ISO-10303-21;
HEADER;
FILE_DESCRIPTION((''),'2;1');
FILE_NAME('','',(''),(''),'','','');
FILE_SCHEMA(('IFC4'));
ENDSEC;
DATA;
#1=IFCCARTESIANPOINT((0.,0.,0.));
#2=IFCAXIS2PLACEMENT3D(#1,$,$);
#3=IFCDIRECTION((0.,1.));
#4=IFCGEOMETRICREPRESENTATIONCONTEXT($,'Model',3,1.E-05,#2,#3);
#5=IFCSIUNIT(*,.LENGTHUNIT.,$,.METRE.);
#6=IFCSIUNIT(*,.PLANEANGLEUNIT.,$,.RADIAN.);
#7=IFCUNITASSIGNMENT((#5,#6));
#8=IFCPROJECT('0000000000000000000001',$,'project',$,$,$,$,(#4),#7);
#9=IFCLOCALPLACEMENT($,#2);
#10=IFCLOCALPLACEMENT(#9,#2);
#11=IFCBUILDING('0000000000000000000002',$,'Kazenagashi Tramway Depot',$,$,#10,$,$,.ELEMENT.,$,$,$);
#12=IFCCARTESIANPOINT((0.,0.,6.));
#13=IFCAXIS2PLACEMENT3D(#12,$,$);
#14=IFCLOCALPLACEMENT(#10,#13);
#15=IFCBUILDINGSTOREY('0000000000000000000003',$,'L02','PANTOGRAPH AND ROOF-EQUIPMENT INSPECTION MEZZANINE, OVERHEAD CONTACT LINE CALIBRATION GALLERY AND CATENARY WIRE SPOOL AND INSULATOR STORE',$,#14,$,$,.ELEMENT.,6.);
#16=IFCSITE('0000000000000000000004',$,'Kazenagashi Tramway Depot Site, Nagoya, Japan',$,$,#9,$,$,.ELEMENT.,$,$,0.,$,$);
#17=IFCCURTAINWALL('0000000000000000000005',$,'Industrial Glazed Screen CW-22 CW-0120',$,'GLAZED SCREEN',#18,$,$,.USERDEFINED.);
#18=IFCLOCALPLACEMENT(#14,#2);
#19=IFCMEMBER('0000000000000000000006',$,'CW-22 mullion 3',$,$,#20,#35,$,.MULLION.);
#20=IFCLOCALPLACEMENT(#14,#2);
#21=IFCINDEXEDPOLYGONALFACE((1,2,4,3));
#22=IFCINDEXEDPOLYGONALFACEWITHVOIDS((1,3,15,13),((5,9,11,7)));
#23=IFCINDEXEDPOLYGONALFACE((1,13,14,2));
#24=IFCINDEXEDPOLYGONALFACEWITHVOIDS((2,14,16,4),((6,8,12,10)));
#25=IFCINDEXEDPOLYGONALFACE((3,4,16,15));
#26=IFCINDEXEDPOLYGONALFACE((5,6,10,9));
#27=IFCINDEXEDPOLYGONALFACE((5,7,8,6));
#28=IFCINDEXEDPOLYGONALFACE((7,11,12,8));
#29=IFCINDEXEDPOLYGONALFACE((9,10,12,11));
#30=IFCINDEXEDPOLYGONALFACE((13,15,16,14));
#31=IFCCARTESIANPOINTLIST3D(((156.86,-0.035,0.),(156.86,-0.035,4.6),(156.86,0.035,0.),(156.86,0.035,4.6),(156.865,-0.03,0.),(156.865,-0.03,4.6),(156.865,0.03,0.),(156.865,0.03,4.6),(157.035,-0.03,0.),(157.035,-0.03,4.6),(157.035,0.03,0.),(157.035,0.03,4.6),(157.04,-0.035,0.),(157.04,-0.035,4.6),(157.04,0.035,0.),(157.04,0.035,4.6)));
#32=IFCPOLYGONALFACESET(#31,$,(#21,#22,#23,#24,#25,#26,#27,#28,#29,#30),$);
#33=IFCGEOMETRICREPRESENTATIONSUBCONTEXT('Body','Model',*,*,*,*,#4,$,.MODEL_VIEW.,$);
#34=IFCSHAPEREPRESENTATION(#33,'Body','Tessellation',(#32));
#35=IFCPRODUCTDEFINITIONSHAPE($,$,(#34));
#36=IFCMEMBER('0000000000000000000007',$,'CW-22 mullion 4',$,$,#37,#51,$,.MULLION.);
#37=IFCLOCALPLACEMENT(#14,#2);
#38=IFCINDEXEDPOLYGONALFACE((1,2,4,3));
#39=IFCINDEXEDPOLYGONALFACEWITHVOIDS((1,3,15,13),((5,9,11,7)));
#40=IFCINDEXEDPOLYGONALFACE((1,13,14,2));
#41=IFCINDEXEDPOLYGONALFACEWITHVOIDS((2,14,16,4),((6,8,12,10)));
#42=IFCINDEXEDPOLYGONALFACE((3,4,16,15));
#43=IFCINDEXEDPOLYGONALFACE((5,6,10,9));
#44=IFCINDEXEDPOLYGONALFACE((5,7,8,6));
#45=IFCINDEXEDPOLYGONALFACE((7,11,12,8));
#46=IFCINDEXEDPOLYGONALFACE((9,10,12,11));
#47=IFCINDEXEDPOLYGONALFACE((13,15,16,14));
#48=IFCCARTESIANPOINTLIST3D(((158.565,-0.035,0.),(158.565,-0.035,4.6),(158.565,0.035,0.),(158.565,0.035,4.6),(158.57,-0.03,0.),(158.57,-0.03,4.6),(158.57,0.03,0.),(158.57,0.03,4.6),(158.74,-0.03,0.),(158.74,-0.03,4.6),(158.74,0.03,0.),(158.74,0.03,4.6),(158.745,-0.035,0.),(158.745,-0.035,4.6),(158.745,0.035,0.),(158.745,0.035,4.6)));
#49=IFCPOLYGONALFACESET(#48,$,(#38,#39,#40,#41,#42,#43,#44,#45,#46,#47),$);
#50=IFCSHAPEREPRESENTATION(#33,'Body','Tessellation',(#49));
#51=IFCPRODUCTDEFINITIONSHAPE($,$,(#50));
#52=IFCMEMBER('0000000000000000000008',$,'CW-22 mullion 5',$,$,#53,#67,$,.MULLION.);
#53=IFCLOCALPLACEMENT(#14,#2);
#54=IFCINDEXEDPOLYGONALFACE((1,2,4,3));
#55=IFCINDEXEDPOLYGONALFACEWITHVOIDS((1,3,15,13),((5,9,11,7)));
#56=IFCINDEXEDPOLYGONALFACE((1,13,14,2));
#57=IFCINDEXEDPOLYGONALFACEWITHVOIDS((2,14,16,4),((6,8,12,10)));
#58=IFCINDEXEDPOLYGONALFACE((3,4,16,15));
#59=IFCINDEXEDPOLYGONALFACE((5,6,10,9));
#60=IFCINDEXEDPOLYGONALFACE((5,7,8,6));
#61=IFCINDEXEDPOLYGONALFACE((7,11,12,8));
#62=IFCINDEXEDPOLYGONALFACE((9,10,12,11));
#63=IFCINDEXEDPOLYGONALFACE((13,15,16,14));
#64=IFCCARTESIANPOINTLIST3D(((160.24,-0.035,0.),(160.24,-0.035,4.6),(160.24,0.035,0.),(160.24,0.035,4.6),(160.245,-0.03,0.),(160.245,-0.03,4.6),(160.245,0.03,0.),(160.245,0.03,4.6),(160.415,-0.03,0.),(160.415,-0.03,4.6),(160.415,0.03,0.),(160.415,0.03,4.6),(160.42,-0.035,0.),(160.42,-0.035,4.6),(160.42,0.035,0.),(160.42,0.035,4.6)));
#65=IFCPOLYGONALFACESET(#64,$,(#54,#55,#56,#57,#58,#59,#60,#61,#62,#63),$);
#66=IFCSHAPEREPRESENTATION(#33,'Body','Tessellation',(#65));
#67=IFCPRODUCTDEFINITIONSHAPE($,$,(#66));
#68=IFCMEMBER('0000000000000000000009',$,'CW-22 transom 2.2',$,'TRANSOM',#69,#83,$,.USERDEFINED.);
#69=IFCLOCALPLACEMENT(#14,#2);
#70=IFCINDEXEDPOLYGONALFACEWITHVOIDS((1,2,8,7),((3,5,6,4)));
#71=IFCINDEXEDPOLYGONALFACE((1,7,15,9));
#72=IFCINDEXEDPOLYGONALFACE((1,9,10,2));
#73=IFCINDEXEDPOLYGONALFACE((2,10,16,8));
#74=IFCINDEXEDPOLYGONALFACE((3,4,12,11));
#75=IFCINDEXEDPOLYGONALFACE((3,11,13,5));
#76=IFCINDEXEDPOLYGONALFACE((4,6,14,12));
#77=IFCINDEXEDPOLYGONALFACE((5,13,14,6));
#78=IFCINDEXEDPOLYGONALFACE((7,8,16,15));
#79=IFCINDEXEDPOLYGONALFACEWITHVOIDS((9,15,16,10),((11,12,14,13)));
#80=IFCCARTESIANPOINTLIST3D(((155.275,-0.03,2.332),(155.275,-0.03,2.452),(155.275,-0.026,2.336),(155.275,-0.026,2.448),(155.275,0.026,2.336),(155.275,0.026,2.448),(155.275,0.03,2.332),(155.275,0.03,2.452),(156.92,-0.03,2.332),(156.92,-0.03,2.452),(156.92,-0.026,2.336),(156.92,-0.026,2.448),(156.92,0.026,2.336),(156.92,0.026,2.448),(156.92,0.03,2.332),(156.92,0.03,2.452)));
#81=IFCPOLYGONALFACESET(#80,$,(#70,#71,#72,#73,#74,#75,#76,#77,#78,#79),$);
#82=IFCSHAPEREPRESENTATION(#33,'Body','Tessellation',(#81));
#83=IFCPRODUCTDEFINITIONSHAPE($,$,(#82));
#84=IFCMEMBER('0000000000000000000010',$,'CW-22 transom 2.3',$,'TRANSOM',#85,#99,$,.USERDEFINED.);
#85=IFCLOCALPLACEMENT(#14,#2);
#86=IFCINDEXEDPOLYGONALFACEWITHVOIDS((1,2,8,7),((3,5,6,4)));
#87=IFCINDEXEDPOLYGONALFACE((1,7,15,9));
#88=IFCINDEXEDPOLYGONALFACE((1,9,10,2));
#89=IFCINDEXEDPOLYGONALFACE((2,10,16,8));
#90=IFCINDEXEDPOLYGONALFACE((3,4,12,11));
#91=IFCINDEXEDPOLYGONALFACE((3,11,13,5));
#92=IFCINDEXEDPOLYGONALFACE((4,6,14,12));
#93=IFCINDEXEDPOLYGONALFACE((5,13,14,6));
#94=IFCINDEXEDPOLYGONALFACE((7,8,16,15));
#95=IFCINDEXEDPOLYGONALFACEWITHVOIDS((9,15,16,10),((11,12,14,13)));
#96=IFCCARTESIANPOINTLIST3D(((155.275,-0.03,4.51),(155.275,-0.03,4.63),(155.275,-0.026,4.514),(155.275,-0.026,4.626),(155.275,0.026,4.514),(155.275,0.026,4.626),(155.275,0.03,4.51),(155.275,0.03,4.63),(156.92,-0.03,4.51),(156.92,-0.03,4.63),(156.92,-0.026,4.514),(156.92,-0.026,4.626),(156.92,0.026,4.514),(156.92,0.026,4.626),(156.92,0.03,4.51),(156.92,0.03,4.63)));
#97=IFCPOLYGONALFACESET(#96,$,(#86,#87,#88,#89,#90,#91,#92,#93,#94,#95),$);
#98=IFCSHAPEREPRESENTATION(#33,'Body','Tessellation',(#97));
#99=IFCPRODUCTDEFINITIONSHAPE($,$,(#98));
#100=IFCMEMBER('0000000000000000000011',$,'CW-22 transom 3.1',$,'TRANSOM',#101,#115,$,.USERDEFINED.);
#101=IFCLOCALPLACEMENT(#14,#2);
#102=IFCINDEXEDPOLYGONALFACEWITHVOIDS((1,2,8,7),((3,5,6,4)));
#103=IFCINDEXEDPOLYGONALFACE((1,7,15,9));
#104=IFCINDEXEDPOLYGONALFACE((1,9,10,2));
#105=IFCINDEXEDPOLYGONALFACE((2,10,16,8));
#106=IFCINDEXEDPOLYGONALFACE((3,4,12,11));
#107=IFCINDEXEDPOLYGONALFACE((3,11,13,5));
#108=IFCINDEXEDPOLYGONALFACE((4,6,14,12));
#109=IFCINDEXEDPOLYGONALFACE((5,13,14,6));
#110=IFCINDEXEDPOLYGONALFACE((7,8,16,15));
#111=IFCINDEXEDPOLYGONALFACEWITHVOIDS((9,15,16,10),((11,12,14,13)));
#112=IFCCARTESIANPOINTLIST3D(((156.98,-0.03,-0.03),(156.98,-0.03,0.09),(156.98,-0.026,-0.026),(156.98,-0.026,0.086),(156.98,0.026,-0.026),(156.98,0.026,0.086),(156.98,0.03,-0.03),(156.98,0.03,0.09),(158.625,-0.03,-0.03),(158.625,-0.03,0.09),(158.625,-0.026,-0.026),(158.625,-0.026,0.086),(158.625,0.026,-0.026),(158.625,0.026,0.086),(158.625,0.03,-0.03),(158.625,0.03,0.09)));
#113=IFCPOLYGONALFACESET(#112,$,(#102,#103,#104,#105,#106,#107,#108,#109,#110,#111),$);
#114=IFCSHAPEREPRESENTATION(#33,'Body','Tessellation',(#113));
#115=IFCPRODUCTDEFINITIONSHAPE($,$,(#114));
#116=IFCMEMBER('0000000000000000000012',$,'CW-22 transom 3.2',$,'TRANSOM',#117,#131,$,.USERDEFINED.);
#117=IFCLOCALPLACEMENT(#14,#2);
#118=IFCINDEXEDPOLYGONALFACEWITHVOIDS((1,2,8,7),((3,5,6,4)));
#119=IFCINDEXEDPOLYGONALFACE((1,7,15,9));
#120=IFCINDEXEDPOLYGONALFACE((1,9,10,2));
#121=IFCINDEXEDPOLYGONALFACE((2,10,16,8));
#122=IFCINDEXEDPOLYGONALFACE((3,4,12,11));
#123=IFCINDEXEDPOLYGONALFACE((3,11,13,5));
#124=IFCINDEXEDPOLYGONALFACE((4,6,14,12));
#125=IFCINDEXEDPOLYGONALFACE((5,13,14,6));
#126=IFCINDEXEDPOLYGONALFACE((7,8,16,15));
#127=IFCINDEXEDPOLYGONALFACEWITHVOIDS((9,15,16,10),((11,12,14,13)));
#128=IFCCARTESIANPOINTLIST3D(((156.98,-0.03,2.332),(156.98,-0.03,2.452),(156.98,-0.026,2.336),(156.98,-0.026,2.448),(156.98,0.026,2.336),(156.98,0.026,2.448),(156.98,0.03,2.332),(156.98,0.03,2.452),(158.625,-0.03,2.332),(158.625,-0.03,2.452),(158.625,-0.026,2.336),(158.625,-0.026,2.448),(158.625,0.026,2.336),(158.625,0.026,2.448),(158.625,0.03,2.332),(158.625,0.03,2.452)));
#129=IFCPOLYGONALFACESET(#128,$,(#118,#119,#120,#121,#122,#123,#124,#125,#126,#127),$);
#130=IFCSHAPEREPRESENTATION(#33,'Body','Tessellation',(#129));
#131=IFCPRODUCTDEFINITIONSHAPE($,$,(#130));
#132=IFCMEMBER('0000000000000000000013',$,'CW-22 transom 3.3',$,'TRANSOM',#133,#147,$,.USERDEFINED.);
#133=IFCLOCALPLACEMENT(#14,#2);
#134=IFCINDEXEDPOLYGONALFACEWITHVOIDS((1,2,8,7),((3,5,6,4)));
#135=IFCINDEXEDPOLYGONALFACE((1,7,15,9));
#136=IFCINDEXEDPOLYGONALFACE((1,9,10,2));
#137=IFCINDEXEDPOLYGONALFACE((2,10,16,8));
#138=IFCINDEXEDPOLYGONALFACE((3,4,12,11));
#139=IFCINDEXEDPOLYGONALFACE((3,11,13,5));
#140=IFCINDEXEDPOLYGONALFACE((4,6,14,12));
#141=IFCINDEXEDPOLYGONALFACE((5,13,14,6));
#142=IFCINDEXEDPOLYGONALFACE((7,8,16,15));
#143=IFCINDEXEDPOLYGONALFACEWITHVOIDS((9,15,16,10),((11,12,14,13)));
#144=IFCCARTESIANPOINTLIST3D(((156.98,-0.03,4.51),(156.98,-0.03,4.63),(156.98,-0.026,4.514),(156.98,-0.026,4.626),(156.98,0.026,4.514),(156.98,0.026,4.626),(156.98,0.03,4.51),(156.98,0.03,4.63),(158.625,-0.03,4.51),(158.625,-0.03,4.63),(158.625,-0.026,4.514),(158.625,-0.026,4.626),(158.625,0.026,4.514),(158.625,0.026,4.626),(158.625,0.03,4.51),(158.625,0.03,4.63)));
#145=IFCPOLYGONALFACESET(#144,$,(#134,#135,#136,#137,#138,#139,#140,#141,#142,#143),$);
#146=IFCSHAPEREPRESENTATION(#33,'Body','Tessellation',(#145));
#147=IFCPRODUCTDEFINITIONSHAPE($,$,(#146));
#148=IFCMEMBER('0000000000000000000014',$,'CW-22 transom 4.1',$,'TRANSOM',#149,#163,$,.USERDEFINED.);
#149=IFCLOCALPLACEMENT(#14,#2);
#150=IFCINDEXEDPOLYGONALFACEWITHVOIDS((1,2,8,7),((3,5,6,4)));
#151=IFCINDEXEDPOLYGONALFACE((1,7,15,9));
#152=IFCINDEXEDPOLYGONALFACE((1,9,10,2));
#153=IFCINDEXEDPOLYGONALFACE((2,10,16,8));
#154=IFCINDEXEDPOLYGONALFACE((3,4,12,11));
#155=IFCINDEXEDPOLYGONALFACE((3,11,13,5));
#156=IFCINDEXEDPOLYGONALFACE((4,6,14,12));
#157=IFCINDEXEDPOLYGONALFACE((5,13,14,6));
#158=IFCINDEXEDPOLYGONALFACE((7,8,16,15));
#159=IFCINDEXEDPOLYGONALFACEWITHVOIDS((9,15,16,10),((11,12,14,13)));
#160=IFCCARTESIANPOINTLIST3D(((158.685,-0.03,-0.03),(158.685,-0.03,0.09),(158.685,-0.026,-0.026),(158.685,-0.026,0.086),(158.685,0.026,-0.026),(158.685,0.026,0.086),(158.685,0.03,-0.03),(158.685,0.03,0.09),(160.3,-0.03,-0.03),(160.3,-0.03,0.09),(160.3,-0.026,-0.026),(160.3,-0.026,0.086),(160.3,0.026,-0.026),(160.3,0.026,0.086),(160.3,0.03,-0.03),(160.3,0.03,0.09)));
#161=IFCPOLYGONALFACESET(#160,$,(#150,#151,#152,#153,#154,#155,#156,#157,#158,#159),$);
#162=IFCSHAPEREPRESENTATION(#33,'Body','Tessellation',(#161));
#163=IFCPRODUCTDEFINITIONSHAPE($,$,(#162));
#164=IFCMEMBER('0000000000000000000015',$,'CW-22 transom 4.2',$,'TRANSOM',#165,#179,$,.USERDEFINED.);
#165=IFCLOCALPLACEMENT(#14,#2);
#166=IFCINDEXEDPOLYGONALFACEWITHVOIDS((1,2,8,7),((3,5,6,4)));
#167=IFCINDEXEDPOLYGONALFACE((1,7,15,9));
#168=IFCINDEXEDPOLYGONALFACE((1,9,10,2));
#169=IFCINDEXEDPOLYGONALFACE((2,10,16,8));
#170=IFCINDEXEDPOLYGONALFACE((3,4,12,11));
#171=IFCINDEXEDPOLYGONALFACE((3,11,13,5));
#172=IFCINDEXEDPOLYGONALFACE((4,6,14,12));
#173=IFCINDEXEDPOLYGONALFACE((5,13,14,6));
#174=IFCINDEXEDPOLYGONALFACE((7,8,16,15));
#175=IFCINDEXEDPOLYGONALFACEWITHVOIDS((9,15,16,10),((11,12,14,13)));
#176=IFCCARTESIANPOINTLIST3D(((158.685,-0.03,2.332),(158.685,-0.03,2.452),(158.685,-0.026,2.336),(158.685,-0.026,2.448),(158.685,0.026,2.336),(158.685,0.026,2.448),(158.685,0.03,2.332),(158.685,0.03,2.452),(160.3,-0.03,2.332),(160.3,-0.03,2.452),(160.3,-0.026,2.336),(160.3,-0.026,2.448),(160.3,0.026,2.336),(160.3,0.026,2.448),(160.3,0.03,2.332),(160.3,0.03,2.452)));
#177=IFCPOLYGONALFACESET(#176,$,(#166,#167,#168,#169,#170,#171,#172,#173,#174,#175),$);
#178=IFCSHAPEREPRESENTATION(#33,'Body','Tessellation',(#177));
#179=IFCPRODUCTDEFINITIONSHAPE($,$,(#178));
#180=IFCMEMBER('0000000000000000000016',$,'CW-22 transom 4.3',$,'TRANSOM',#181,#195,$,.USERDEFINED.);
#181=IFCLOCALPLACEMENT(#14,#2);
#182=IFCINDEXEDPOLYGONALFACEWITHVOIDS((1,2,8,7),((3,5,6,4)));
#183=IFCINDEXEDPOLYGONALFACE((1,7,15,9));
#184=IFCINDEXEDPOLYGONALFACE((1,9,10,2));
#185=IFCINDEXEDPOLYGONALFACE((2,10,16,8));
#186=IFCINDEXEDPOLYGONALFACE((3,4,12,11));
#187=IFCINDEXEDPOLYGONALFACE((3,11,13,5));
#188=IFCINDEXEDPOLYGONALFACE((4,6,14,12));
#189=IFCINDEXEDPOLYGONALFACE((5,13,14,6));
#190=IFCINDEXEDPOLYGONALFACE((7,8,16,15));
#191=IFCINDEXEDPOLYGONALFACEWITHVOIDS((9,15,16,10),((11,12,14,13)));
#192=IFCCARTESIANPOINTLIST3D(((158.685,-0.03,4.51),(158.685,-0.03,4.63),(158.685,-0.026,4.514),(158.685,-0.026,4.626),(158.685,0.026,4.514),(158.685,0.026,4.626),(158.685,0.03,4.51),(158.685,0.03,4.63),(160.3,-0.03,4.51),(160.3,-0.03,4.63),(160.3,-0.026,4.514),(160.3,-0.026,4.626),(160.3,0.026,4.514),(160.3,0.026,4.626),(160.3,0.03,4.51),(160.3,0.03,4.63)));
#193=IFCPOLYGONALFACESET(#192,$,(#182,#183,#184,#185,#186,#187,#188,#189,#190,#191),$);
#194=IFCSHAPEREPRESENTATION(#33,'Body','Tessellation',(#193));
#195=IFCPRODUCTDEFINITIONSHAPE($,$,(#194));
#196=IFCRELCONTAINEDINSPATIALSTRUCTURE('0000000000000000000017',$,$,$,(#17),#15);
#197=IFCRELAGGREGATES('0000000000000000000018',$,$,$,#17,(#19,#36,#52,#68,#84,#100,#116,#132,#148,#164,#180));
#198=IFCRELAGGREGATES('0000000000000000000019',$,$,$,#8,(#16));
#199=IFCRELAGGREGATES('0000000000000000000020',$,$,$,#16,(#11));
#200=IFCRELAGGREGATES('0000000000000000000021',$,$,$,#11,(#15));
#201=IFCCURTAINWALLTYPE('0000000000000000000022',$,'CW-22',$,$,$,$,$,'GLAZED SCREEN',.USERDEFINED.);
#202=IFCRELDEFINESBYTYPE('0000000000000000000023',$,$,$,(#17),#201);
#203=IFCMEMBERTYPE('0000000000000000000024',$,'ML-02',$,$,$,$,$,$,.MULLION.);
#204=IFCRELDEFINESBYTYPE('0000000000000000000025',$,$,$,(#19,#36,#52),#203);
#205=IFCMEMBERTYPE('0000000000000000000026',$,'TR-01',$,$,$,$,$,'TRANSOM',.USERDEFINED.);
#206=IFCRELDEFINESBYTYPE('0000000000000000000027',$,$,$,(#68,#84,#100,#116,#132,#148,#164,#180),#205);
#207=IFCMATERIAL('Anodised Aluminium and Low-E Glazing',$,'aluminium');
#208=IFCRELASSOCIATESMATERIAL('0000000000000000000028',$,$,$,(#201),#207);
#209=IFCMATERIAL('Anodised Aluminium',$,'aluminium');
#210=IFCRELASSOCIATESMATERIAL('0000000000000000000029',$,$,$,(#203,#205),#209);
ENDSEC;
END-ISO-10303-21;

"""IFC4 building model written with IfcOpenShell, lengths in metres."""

from ifc_helpers import new_model, si_unit, direction, frame, origin, origin_2d, place, context, subcontext, project, spatial, hollow_rectangle, extrude, material, material_profile, profile_set, type_object, element, aggregate, save


model = new_model("IFC4")

# Units and contexts
model_context = context("Model", 3, precision=1e-05, world=origin(), true_north=direction((0.0, 1.0)))
body_context = subcontext(model_context, "Body", "Model", "MODEL_VIEW")
ifc_project = project(units=[si_unit("LENGTHUNIT", "METRE"), si_unit("PLANEANGLEUNIT", "RADIAN")], contexts=[model_context])

# Site, building, storey
site_placement = place(None, origin())
site = spatial("IfcSite", under=ifc_project, at=site_placement, Name="Kazenagashi Tramway Depot Site, Nagoya, Japan", CompositionType="ELEMENT", RefElevation=0.0)
building_placement = place(site_placement, origin())
building = spatial("IfcBuilding", under=site, at=building_placement, Name="Kazenagashi Tramway Depot", CompositionType="ELEMENT")
storey_placement = place(building_placement, frame((0.0, 0.0, 6.0)))
storey = spatial("IfcBuildingStorey", under=building, at=storey_placement, Name="L02", Description="PANTOGRAPH AND ROOF-EQUIPMENT INSPECTION MEZZANINE, OVERHEAD CONTACT LINE CALIBRATION GALLERY AND CATENARY WIRE SPOOL AND INSULATOR STORE", CompositionType="ELEMENT", Elevation=6.0)

# Curtain wall, members
ifc_material_1 = material(Name="Anodised Aluminium and Low-E Glazing", Category="aluminium")
curtain_wall_type = type_object("IfcCurtainWallType", Name="CW-22", ElementType="GLAZED SCREEN", PredefinedType="USERDEFINED", material=ifc_material_1)
curtain_wall_placement = place(storey_placement, origin())
curtain_wall = element("IfcCurtainWall", 1, at=curtain_wall_placement, inside=storey, type_object=curtain_wall_type, Name="Industrial Glazed Screen CW-22 CW-0120", ObjectType="GLAZED SCREEN", PredefinedType="USERDEFINED")
ifc_material_2 = material(Name="Anodised Aluminium", Category="aluminium")
ifc_material_profile_1 = material_profile(ifc_material_2, hollow_rectangle(XDim=0.07, YDim=0.18, WallThickness=0.005, at=origin_2d()), Name="RHS-180x70x5")
ifc_profile_set_1 = profile_set([ifc_material_profile_1], Name="Anodised Aluminium")
member_type_1 = type_object("IfcMemberType", Name="ML-02", PredefinedType="MULLION", material=ifc_profile_set_1)
member_1_placement = place(storey_placement, frame((156.95, 0.0, 0.0), z_axis=(0.0, 0.0, 1.0), x_axis=(0.0, 1.0, 0.0)))
member_1 = element("IfcMember", 2, at=member_1_placement, type_object=member_type_1, Name="CW-22 mullion 3", PredefinedType="MULLION", context=body_context, shape_type="SweptSolid", body=[
    extrude(hollow_rectangle(XDim=0.07, YDim=0.18, WallThickness=0.005, at=origin_2d()), origin(), (0.0, 0.0, 1.0), 4.6),
])
member_2_placement = place(storey_placement, frame((158.655, 0.0, 0.0), z_axis=(0.0, 0.0, 1.0), x_axis=(0.0, 1.0, 0.0)))
member_2 = element("IfcMember", 3, at=member_2_placement, type_object=member_type_1, Name="CW-22 mullion 4", PredefinedType="MULLION", context=body_context, shape_type="SweptSolid", body=[
    extrude(hollow_rectangle(XDim=0.07, YDim=0.18, WallThickness=0.005, at=origin_2d()), origin(), (0.0, 0.0, 1.0), 4.6),
])
member_3_placement = place(storey_placement, frame((160.33, 0.0, 0.0), z_axis=(0.0, 0.0, 1.0), x_axis=(0.0, 1.0, 0.0)))
member_3 = element("IfcMember", 4, at=member_3_placement, type_object=member_type_1, Name="CW-22 mullion 5", PredefinedType="MULLION", context=body_context, shape_type="SweptSolid", body=[
    extrude(hollow_rectangle(XDim=0.07, YDim=0.18, WallThickness=0.005, at=origin_2d()), origin(), (0.0, 0.0, 1.0), 4.6),
])
ifc_material_profile_2 = material_profile(ifc_material_2, hollow_rectangle(XDim=0.06, YDim=0.12, WallThickness=0.004, at=origin_2d()), Name="RHS-120x60x4")
ifc_profile_set_2 = profile_set([ifc_material_profile_2], Name="Anodised Aluminium")
member_type_2 = type_object("IfcMemberType", Name="TR-01", ElementType="TRANSOM", PredefinedType="USERDEFINED", material=ifc_profile_set_2)
member_4_placement = place(storey_placement, frame((155.275, 0.0, 2.392), z_axis=(1.0, 0.0, 0.0), x_axis=(0.0, 1.0, 0.0)))
member_4 = element("IfcMember", 5, at=member_4_placement, type_object=member_type_2, Name="CW-22 transom 2.2", ObjectType="TRANSOM", PredefinedType="USERDEFINED", context=body_context, shape_type="SweptSolid", body=[
    extrude(hollow_rectangle(XDim=0.06, YDim=0.12, WallThickness=0.004, at=origin_2d()), origin(), (0.0, 0.0, 1.0), 1.645),
])
member_5_placement = place(storey_placement, frame((155.275, 0.0, 4.57), z_axis=(1.0, 0.0, 0.0), x_axis=(0.0, 1.0, 0.0)))
member_5 = element("IfcMember", 6, at=member_5_placement, type_object=member_type_2, Name="CW-22 transom 2.3", ObjectType="TRANSOM", PredefinedType="USERDEFINED", context=body_context, shape_type="SweptSolid", body=[
    extrude(hollow_rectangle(XDim=0.06, YDim=0.12, WallThickness=0.004, at=origin_2d()), origin(), (0.0, 0.0, 1.0), 1.645),
])
member_6_placement = place(storey_placement, frame((156.98, 0.0, 0.03), z_axis=(1.0, 0.0, 0.0), x_axis=(0.0, 1.0, 0.0)))
member_6 = element("IfcMember", 7, at=member_6_placement, type_object=member_type_2, Name="CW-22 transom 3.1", ObjectType="TRANSOM", PredefinedType="USERDEFINED", context=body_context, shape_type="SweptSolid", body=[
    extrude(hollow_rectangle(XDim=0.06, YDim=0.12, WallThickness=0.004, at=origin_2d()), origin(), (0.0, 0.0, 1.0), 1.645),
])
member_7_placement = place(storey_placement, frame((156.98, 0.0, 2.392), z_axis=(1.0, 0.0, 0.0), x_axis=(0.0, 1.0, 0.0)))
member_7 = element("IfcMember", 8, at=member_7_placement, type_object=member_type_2, Name="CW-22 transom 3.2", ObjectType="TRANSOM", PredefinedType="USERDEFINED", context=body_context, shape_type="SweptSolid", body=[
    extrude(hollow_rectangle(XDim=0.06, YDim=0.12, WallThickness=0.004, at=origin_2d()), origin(), (0.0, 0.0, 1.0), 1.645),
])
member_8_placement = place(storey_placement, frame((156.98, 0.0, 4.57), z_axis=(1.0, 0.0, 0.0), x_axis=(0.0, 1.0, 0.0)))
member_8 = element("IfcMember", 9, at=member_8_placement, type_object=member_type_2, Name="CW-22 transom 3.3", ObjectType="TRANSOM", PredefinedType="USERDEFINED", context=body_context, shape_type="SweptSolid", body=[
    extrude(hollow_rectangle(XDim=0.06, YDim=0.12, WallThickness=0.004, at=origin_2d()), origin(), (0.0, 0.0, 1.0), 1.645),
])
member_9_placement = place(storey_placement, frame((158.685, 0.0, 0.03), z_axis=(1.0, 0.0, 0.0), x_axis=(0.0, 1.0, 0.0)))
member_9 = element("IfcMember", 10, at=member_9_placement, type_object=member_type_2, Name="CW-22 transom 4.1", ObjectType="TRANSOM", PredefinedType="USERDEFINED", context=body_context, shape_type="SweptSolid", body=[
    extrude(hollow_rectangle(XDim=0.06, YDim=0.12, WallThickness=0.004, at=origin_2d()), origin(), (0.0, 0.0, 1.0), 1.615),
])
member_10_placement = place(storey_placement, frame((158.685, 0.0, 2.392), z_axis=(1.0, 0.0, 0.0), x_axis=(0.0, 1.0, 0.0)))
member_10 = element("IfcMember", 11, at=member_10_placement, type_object=member_type_2, Name="CW-22 transom 4.2", ObjectType="TRANSOM", PredefinedType="USERDEFINED", context=body_context, shape_type="SweptSolid", body=[
    extrude(hollow_rectangle(XDim=0.06, YDim=0.12, WallThickness=0.004, at=origin_2d()), origin(), (0.0, 0.0, 1.0), 1.615),
])
member_11_placement = place(storey_placement, frame((158.685, 0.0, 4.57), z_axis=(1.0, 0.0, 0.0), x_axis=(0.0, 1.0, 0.0)))
member_11 = element("IfcMember", 12, at=member_11_placement, type_object=member_type_2, Name="CW-22 transom 4.3", ObjectType="TRANSOM", PredefinedType="USERDEFINED", context=body_context, shape_type="SweptSolid", body=[
    extrude(hollow_rectangle(XDim=0.06, YDim=0.12, WallThickness=0.004, at=origin_2d()), origin(), (0.0, 0.0, 1.0), 1.615),
])
aggregate(curtain_wall, [member_1, member_2, member_3, member_4, member_5, member_6, member_7, member_8, member_9, member_10, member_11])

save(model, "model.ifc")
